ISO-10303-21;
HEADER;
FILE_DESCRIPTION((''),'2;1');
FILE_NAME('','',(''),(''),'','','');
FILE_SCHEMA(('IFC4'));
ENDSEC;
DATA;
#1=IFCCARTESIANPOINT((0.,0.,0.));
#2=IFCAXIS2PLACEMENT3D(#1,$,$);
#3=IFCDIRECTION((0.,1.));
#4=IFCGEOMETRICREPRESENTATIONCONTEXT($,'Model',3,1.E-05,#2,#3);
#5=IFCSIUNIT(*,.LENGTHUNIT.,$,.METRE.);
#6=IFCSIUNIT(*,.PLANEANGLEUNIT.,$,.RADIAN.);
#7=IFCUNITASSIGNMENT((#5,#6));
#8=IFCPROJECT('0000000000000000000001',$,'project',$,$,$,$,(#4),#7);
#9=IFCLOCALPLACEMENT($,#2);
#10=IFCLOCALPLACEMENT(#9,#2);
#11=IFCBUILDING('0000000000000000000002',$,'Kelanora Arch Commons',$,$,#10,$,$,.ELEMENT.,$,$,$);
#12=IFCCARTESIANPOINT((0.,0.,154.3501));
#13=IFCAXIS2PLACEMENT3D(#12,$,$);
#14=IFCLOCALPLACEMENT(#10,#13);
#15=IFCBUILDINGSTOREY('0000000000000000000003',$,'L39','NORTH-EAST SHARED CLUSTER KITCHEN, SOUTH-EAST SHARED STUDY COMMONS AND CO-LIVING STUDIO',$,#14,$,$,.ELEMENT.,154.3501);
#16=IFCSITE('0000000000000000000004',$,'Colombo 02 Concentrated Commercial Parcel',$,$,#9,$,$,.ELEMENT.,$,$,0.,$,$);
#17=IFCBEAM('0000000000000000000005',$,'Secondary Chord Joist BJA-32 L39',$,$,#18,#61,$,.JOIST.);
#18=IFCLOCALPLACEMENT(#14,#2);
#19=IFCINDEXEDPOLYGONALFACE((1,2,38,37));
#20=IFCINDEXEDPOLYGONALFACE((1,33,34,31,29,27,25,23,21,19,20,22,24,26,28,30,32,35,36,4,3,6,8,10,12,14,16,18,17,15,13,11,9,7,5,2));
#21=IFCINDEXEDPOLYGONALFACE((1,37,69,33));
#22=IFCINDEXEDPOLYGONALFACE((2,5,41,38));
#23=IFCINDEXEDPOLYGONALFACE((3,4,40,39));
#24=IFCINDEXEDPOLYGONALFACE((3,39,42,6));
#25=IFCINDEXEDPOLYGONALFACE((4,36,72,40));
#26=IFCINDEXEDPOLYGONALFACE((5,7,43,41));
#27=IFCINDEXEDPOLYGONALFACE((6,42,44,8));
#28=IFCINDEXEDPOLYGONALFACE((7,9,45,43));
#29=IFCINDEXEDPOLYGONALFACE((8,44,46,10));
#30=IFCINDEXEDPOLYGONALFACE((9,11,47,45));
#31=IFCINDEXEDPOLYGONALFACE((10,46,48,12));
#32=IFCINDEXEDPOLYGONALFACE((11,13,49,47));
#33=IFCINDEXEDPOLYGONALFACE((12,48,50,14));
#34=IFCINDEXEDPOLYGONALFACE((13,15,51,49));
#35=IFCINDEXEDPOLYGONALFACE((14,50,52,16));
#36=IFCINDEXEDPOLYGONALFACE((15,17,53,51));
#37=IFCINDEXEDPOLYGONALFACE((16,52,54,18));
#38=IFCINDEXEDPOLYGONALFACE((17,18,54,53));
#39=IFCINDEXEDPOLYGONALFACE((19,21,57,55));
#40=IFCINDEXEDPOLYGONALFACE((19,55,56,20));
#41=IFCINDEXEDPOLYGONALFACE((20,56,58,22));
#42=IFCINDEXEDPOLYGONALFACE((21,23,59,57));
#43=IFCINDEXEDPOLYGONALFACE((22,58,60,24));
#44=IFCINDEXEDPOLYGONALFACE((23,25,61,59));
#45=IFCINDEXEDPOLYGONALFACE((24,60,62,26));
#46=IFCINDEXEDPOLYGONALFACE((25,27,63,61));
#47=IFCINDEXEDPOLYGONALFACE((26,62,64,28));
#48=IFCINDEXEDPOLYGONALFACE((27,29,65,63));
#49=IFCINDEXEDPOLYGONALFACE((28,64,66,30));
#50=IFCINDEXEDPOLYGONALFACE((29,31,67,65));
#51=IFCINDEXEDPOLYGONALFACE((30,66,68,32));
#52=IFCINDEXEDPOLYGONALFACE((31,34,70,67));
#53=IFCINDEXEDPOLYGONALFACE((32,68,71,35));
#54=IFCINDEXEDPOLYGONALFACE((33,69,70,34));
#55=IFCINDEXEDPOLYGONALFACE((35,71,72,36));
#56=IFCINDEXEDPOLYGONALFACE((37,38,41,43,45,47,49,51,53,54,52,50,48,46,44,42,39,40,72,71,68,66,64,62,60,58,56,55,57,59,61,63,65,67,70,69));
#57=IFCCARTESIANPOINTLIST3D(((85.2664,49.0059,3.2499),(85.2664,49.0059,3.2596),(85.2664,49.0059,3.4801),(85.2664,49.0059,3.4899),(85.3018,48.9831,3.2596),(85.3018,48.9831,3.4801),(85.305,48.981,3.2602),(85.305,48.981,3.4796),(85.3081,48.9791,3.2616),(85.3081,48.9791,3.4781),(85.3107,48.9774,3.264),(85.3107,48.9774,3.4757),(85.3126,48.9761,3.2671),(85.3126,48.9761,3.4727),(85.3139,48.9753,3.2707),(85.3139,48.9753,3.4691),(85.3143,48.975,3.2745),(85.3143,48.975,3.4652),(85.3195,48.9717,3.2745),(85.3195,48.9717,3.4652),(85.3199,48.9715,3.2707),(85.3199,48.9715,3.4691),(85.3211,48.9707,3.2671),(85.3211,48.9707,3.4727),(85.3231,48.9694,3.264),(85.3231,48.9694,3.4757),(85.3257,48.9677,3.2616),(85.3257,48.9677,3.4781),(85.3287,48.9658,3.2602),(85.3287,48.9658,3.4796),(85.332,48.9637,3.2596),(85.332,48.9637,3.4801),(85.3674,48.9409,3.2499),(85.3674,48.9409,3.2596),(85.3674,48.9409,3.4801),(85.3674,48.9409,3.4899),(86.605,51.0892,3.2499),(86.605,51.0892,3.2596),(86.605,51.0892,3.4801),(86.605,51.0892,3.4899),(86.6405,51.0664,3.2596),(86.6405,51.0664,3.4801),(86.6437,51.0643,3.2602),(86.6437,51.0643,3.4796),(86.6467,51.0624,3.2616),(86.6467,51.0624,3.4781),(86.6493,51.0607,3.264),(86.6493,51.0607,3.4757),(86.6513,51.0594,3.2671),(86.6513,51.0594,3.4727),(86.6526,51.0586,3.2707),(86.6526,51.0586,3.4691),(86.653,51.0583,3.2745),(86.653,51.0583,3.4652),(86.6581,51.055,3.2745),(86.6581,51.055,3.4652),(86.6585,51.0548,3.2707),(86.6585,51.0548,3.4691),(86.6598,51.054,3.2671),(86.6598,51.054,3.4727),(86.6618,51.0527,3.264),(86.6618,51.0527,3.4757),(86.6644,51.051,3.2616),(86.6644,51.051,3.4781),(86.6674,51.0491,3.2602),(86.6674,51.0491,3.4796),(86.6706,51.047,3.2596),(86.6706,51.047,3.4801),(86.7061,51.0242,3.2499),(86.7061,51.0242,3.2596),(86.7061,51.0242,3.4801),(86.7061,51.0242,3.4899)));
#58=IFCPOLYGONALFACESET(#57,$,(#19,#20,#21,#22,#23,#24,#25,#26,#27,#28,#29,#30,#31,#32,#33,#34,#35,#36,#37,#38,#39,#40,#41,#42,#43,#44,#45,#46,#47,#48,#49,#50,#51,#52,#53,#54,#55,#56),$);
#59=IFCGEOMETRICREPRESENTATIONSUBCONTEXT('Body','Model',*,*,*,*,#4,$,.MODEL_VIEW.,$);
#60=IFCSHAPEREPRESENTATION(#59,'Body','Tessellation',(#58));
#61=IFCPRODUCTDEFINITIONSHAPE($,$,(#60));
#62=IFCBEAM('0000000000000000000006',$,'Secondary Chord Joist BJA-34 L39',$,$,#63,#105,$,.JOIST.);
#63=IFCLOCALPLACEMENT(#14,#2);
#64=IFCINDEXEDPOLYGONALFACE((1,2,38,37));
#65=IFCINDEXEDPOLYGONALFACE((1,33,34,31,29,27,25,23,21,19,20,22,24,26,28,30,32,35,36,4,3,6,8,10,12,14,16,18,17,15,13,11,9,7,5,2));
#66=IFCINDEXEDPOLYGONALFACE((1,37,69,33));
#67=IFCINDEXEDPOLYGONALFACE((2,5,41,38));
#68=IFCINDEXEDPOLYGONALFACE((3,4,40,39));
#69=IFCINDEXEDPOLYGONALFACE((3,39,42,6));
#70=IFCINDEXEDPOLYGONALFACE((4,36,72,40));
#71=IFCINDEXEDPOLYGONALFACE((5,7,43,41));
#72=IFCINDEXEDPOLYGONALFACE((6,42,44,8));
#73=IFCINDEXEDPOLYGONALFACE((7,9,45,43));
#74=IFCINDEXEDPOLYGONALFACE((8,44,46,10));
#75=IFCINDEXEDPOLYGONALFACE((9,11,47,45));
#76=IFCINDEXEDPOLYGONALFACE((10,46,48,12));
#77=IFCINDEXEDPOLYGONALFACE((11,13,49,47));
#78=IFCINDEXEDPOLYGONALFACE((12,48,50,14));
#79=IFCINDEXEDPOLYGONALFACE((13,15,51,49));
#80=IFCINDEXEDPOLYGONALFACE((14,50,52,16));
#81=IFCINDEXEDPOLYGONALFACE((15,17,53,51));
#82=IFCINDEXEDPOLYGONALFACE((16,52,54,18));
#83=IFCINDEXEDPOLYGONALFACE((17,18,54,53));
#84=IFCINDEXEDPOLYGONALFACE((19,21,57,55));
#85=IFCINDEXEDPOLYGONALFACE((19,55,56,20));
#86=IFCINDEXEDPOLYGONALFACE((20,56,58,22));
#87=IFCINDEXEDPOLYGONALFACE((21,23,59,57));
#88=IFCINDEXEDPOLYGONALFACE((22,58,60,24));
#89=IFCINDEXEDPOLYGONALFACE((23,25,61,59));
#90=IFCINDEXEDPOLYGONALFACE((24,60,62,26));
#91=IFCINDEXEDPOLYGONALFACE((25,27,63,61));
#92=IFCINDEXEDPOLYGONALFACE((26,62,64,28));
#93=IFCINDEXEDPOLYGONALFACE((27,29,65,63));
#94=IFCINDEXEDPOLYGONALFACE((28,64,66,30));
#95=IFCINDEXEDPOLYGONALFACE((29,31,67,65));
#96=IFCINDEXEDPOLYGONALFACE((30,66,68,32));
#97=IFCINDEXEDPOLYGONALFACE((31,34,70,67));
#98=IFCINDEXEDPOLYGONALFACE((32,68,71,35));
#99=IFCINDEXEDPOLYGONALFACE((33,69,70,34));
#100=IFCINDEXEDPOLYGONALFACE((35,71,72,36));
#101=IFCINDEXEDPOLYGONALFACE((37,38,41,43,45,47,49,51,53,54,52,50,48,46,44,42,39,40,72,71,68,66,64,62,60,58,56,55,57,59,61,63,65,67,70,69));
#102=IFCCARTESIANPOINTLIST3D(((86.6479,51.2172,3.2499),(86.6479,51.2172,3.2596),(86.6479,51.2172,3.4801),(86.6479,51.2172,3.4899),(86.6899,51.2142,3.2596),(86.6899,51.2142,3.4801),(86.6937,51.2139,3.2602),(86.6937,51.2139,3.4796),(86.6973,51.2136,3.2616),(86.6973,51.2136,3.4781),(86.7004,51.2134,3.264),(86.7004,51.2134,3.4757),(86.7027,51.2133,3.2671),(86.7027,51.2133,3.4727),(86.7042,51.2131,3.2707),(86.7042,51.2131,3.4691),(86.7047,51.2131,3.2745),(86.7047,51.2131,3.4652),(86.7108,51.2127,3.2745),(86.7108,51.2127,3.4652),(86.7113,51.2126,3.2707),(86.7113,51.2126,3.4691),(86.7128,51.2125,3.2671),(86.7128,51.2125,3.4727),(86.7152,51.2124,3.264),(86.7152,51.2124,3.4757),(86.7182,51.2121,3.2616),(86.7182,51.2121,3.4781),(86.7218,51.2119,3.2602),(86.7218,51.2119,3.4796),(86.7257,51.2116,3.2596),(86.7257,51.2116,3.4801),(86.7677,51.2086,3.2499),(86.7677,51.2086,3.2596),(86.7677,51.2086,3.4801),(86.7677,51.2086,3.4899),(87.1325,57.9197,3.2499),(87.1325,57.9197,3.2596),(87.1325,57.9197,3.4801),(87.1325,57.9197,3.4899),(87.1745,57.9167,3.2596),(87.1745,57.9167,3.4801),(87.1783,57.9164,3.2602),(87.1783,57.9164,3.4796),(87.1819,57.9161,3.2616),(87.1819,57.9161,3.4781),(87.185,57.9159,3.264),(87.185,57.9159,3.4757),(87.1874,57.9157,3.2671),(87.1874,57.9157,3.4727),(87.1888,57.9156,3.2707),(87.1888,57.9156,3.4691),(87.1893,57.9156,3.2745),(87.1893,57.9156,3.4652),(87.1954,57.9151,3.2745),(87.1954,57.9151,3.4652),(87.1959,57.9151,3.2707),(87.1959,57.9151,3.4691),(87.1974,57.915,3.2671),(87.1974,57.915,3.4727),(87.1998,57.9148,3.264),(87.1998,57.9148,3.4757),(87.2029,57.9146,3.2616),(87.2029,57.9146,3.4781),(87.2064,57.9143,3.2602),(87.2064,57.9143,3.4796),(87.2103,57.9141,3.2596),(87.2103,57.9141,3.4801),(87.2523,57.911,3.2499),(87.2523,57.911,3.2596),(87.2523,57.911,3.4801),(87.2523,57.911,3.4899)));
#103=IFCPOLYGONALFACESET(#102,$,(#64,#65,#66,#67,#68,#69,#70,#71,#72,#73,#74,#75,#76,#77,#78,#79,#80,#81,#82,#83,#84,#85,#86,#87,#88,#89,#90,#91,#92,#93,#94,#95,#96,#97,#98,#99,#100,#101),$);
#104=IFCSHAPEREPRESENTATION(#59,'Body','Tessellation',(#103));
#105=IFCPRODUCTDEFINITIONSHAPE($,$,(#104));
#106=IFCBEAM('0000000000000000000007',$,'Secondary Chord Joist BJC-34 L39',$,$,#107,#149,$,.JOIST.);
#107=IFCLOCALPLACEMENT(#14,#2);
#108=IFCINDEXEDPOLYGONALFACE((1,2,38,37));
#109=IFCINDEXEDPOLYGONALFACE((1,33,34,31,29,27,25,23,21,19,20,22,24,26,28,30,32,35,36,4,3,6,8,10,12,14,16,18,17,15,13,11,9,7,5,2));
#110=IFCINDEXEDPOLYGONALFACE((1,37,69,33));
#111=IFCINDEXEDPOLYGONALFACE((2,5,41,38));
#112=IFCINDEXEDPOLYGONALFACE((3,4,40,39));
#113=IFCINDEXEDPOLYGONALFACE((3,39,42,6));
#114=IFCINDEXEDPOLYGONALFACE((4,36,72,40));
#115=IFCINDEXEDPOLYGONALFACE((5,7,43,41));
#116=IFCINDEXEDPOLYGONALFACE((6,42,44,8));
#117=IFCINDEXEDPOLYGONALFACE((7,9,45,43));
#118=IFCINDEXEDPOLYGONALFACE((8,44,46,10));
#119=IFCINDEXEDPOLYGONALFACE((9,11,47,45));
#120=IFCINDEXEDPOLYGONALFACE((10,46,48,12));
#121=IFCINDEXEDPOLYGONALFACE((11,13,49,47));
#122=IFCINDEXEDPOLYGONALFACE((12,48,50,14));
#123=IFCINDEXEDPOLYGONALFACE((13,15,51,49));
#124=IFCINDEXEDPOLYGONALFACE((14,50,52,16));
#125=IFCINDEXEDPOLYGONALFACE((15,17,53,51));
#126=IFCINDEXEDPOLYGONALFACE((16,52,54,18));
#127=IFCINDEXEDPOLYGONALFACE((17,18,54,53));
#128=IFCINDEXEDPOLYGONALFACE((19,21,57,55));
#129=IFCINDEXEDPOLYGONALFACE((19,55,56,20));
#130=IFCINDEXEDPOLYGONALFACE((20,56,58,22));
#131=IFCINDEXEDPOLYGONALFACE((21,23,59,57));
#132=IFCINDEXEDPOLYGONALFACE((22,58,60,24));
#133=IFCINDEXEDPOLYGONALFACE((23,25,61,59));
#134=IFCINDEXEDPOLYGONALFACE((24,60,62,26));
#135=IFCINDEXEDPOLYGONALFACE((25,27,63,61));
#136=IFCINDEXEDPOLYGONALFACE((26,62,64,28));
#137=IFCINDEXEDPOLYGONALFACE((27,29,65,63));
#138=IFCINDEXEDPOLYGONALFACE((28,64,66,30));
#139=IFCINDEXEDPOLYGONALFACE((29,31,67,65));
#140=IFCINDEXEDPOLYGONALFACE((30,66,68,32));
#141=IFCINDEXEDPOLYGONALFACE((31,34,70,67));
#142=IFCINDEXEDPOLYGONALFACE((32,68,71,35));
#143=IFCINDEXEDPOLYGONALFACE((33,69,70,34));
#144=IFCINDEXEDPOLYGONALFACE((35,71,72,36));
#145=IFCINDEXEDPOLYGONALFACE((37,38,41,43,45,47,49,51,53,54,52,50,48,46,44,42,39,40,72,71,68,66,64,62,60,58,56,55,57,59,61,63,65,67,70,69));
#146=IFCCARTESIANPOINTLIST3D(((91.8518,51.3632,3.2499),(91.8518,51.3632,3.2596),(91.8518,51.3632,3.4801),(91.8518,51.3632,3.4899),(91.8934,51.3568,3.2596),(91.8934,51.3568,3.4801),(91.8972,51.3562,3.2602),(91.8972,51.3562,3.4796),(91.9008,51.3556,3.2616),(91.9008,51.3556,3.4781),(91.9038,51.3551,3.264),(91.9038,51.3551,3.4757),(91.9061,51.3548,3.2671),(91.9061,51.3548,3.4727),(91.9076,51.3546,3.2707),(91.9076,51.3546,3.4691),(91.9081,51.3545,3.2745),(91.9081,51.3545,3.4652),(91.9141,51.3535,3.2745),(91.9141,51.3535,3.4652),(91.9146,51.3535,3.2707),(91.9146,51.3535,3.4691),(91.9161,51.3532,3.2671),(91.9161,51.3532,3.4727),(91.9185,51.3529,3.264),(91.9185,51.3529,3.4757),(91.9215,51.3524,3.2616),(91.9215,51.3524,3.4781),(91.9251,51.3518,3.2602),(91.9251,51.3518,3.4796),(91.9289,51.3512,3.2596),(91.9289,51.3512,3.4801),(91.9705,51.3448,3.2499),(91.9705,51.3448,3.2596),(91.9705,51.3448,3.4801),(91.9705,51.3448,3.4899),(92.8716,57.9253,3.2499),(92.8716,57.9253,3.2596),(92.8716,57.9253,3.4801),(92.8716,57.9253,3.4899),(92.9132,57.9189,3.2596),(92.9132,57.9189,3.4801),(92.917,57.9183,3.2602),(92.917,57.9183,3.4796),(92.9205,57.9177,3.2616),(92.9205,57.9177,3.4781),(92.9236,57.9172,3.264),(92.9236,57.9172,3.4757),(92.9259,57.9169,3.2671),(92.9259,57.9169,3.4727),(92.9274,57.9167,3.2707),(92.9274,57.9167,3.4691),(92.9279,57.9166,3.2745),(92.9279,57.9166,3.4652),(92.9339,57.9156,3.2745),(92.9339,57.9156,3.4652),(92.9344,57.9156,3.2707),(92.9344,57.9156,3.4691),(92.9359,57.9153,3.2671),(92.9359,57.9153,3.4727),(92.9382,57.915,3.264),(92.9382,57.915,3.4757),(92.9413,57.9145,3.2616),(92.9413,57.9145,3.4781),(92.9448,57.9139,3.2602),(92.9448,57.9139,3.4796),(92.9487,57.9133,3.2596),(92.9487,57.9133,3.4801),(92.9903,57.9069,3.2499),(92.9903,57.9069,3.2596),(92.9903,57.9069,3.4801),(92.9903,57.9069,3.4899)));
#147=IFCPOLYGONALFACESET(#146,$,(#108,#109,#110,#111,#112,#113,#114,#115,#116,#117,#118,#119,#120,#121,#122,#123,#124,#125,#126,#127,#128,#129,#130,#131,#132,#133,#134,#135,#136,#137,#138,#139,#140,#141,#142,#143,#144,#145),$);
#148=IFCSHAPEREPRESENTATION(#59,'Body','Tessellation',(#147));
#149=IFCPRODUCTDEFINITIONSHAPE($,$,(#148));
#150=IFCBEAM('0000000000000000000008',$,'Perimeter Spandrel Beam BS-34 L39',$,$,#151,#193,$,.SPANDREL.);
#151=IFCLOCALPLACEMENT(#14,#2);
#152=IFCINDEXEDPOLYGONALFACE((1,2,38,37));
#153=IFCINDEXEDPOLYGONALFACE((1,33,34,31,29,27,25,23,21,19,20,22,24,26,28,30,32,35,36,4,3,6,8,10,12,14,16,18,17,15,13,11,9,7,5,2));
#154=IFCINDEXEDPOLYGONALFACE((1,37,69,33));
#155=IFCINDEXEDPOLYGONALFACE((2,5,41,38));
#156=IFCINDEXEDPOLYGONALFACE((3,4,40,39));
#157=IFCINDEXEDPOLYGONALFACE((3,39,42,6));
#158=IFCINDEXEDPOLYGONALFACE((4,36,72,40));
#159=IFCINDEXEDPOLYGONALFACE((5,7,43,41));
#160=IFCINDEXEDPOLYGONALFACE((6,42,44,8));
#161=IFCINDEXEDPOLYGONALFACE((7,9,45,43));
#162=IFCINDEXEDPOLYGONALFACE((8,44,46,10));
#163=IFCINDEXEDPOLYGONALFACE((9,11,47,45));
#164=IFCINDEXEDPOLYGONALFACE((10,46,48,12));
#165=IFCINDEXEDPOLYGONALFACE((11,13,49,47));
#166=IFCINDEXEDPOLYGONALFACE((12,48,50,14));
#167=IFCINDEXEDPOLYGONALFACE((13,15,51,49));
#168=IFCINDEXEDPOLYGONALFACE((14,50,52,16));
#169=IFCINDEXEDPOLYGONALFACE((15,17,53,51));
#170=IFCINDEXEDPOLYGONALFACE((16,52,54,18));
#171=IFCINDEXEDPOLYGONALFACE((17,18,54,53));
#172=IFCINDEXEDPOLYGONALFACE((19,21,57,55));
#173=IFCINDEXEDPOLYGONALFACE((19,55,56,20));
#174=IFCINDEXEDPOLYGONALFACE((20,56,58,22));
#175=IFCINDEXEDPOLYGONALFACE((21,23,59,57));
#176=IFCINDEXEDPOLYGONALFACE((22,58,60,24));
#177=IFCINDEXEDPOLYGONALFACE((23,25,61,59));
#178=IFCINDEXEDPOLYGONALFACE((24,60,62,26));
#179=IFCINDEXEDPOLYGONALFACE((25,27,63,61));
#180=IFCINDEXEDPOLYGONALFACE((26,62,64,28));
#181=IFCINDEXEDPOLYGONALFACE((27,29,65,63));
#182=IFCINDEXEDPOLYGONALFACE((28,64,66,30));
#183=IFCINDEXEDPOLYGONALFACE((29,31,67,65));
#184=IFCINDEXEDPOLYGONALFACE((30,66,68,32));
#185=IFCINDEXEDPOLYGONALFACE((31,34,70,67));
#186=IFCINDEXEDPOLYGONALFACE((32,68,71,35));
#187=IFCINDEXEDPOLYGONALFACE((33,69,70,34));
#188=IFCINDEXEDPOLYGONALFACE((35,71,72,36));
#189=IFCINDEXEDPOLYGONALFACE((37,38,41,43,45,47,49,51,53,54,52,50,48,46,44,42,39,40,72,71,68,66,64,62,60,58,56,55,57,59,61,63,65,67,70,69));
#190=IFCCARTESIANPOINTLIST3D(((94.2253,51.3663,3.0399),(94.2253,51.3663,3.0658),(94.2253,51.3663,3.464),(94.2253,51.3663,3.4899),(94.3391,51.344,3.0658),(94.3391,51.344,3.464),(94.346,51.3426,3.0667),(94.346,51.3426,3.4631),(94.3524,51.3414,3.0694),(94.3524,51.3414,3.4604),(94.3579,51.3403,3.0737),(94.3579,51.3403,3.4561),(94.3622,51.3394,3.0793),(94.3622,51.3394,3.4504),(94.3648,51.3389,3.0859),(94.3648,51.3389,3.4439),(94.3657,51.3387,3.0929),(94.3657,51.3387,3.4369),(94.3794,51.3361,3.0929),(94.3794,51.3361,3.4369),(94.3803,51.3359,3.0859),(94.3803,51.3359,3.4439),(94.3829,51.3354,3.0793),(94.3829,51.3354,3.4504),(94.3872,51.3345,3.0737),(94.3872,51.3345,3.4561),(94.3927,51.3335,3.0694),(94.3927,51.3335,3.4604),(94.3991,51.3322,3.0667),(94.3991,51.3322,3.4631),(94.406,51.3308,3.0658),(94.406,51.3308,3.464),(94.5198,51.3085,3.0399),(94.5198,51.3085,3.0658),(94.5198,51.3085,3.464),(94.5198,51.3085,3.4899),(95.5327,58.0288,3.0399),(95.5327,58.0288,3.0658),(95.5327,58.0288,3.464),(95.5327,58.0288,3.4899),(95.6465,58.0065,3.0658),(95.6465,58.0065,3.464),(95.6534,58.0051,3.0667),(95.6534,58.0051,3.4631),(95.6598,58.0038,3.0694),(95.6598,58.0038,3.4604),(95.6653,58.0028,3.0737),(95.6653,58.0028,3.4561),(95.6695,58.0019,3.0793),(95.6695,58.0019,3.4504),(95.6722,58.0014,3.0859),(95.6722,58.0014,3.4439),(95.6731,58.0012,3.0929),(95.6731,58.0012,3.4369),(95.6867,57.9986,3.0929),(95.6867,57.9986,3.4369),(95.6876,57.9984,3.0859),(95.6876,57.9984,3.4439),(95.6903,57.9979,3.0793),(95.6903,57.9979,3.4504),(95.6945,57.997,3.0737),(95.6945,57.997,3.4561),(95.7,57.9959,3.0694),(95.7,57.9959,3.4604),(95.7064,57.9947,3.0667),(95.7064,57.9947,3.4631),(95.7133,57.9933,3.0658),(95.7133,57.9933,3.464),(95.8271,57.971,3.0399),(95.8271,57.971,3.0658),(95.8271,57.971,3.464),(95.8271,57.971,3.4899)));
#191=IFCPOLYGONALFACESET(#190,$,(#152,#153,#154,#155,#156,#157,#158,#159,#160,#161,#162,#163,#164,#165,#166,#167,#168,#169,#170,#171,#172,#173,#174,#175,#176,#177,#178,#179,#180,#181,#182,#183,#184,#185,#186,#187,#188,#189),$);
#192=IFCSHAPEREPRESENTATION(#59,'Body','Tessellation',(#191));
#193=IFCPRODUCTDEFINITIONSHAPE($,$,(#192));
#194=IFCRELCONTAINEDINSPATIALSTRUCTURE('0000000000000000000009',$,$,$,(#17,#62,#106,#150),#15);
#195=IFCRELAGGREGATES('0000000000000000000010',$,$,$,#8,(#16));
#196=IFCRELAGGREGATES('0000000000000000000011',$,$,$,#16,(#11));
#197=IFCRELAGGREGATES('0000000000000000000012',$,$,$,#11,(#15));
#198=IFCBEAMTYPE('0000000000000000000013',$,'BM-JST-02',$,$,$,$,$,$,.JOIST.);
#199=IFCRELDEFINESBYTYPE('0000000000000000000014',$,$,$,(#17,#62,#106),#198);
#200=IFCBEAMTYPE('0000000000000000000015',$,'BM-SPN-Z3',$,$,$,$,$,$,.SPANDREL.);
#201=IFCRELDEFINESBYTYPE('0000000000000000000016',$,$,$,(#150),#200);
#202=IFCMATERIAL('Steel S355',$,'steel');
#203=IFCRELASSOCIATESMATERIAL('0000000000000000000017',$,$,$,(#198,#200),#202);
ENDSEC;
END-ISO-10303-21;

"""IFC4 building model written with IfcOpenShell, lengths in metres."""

from ifc_helpers import new_model, si_unit, direction, frame, origin, origin_2d, place, context, subcontext, project, spatial, i_section, extrude, material, material_profile, profile_set, type_object, element, save


model = new_model("IFC4")

# Units and contexts
model_context = context("Model", 3, precision=1e-05, world=origin(), true_north=direction((0.0, 1.0)))
body_context = subcontext(model_context, "Body", "Model", "MODEL_VIEW")
ifc_project = project(units=[si_unit("LENGTHUNIT", "METRE"), si_unit("PLANEANGLEUNIT", "RADIAN")], contexts=[model_context])

# Site, building, storey
site_placement = place(None, origin())
site = spatial("IfcSite", under=ifc_project, at=site_placement, Name="Colombo 02 Concentrated Commercial Parcel", CompositionType="ELEMENT", RefElevation=0.0)
building_placement = place(site_placement, origin())
building = spatial("IfcBuilding", under=site, at=building_placement, Name="Kelanora Arch Commons", CompositionType="ELEMENT")
storey_placement = place(building_placement, frame((0.0, 0.0, 154.3501)))
storey = spatial("IfcBuildingStorey", under=building, at=storey_placement, Name="L39", Description="NORTH-EAST SHARED CLUSTER KITCHEN, SOUTH-EAST SHARED STUDY COMMONS AND CO-LIVING STUDIO", CompositionType="ELEMENT", Elevation=154.3501)

# Beams
ifc_material_1 = material(Name="Steel S355", Category="steel")
ifc_material_profile_1 = material_profile(ifc_material_1, i_section(OverallWidth=0.1201, OverallDepth=0.24, WebThickness=0.0061, FlangeThickness=0.0098, FilletRadius=0.0149, at=origin_2d()), Name="IPE240")
ifc_profile_set_1 = profile_set([ifc_material_profile_1], Name="Steel S355")
beam_type_1 = type_object("IfcBeamType", Name="BM-JST-02", PredefinedType="JOIST", material=ifc_profile_set_1)
beam_1_placement = place(storey_placement, frame((85.3169, 48.9734, 3.3699), z_axis=(0.540583, 0.841291, 0.0), x_axis=(-0.841291, 0.540583, 0.0)))
element("IfcBeam", 1, at=beam_1_placement, inside=storey, type_object=beam_type_1, Name="Secondary Chord Joist BJA-32 L39", PredefinedType="JOIST", context=body_context, shape_type="SweptSolid", body=[
    extrude(i_section(OverallWidth=0.1201, OverallDepth=0.24, WebThickness=0.0061, FlangeThickness=0.0098, FilletRadius=0.0149, at=origin_2d()), origin(), (0.0, 0.0, 1.0), 2.4763),
])
beam_2_placement = place(storey_placement, frame((86.7078, 51.2129, 3.3699), z_axis=(0.072117, 0.997396, 0.0), x_axis=(-0.997396, 0.072117, 0.0)))
element("IfcBeam", 2, at=beam_2_placement, inside=storey, type_object=beam_type_1, Name="Secondary Chord Joist BJA-34 L39", PredefinedType="JOIST", context=body_context, shape_type="SweptSolid", body=[
    extrude(i_section(OverallWidth=0.1201, OverallDepth=0.24, WebThickness=0.0061, FlangeThickness=0.0098, FilletRadius=0.0149, at=origin_2d()), origin(), (0.0, 0.0, 1.0), 6.72),
])
beam_3_placement = place(storey_placement, frame((91.9111, 51.354, 3.3699), z_axis=(0.153563, 0.988139, 0.0), x_axis=(-0.988139, 0.153563, 0.0)))
element("IfcBeam", 3, at=beam_3_placement, inside=storey, type_object=beam_type_1, Name="Secondary Chord Joist BJC-34 L39", PredefinedType="JOIST", context=body_context, shape_type="SweptSolid", body=[
    extrude(i_section(OverallWidth=0.1201, OverallDepth=0.24, WebThickness=0.0061, FlangeThickness=0.0098, FilletRadius=0.0149, at=origin_2d()), origin(), (0.0, 0.0, 1.0), 6.6409),
])
ifc_material_profile_2 = material_profile(ifc_material_1, i_section(OverallWidth=0.3, OverallDepth=0.45, WebThickness=0.0139, FlangeThickness=0.0259, FilletRadius=0.0271, at=origin_2d()), Name="HEB450")
ifc_profile_set_2 = profile_set([ifc_material_profile_2], Name="Steel S355")
beam_type_2 = type_object("IfcBeamType", Name="BM-SPN-Z3", PredefinedType="SPANDREL", material=ifc_profile_set_2)
beam_4_placement = place(storey_placement, frame((94.3726, 51.3374, 3.2649), z_axis=(0.192554, 0.981286, 0.0), x_axis=(-0.981286, 0.192554, 0.0)))
element("IfcBeam", 4, at=beam_4_placement, inside=storey, type_object=beam_type_2, Name="Perimeter Spandrel Beam BS-34 L39", PredefinedType="SPANDREL", context=body_context, shape_type="SweptSolid", body=[
    extrude(i_section(OverallWidth=0.3, OverallDepth=0.45, WebThickness=0.0139, FlangeThickness=0.0259, FilletRadius=0.0271, at=origin_2d()), origin(), (0.0, 0.0, 1.0), 6.7896),
])

save(model, "model.ifc")
